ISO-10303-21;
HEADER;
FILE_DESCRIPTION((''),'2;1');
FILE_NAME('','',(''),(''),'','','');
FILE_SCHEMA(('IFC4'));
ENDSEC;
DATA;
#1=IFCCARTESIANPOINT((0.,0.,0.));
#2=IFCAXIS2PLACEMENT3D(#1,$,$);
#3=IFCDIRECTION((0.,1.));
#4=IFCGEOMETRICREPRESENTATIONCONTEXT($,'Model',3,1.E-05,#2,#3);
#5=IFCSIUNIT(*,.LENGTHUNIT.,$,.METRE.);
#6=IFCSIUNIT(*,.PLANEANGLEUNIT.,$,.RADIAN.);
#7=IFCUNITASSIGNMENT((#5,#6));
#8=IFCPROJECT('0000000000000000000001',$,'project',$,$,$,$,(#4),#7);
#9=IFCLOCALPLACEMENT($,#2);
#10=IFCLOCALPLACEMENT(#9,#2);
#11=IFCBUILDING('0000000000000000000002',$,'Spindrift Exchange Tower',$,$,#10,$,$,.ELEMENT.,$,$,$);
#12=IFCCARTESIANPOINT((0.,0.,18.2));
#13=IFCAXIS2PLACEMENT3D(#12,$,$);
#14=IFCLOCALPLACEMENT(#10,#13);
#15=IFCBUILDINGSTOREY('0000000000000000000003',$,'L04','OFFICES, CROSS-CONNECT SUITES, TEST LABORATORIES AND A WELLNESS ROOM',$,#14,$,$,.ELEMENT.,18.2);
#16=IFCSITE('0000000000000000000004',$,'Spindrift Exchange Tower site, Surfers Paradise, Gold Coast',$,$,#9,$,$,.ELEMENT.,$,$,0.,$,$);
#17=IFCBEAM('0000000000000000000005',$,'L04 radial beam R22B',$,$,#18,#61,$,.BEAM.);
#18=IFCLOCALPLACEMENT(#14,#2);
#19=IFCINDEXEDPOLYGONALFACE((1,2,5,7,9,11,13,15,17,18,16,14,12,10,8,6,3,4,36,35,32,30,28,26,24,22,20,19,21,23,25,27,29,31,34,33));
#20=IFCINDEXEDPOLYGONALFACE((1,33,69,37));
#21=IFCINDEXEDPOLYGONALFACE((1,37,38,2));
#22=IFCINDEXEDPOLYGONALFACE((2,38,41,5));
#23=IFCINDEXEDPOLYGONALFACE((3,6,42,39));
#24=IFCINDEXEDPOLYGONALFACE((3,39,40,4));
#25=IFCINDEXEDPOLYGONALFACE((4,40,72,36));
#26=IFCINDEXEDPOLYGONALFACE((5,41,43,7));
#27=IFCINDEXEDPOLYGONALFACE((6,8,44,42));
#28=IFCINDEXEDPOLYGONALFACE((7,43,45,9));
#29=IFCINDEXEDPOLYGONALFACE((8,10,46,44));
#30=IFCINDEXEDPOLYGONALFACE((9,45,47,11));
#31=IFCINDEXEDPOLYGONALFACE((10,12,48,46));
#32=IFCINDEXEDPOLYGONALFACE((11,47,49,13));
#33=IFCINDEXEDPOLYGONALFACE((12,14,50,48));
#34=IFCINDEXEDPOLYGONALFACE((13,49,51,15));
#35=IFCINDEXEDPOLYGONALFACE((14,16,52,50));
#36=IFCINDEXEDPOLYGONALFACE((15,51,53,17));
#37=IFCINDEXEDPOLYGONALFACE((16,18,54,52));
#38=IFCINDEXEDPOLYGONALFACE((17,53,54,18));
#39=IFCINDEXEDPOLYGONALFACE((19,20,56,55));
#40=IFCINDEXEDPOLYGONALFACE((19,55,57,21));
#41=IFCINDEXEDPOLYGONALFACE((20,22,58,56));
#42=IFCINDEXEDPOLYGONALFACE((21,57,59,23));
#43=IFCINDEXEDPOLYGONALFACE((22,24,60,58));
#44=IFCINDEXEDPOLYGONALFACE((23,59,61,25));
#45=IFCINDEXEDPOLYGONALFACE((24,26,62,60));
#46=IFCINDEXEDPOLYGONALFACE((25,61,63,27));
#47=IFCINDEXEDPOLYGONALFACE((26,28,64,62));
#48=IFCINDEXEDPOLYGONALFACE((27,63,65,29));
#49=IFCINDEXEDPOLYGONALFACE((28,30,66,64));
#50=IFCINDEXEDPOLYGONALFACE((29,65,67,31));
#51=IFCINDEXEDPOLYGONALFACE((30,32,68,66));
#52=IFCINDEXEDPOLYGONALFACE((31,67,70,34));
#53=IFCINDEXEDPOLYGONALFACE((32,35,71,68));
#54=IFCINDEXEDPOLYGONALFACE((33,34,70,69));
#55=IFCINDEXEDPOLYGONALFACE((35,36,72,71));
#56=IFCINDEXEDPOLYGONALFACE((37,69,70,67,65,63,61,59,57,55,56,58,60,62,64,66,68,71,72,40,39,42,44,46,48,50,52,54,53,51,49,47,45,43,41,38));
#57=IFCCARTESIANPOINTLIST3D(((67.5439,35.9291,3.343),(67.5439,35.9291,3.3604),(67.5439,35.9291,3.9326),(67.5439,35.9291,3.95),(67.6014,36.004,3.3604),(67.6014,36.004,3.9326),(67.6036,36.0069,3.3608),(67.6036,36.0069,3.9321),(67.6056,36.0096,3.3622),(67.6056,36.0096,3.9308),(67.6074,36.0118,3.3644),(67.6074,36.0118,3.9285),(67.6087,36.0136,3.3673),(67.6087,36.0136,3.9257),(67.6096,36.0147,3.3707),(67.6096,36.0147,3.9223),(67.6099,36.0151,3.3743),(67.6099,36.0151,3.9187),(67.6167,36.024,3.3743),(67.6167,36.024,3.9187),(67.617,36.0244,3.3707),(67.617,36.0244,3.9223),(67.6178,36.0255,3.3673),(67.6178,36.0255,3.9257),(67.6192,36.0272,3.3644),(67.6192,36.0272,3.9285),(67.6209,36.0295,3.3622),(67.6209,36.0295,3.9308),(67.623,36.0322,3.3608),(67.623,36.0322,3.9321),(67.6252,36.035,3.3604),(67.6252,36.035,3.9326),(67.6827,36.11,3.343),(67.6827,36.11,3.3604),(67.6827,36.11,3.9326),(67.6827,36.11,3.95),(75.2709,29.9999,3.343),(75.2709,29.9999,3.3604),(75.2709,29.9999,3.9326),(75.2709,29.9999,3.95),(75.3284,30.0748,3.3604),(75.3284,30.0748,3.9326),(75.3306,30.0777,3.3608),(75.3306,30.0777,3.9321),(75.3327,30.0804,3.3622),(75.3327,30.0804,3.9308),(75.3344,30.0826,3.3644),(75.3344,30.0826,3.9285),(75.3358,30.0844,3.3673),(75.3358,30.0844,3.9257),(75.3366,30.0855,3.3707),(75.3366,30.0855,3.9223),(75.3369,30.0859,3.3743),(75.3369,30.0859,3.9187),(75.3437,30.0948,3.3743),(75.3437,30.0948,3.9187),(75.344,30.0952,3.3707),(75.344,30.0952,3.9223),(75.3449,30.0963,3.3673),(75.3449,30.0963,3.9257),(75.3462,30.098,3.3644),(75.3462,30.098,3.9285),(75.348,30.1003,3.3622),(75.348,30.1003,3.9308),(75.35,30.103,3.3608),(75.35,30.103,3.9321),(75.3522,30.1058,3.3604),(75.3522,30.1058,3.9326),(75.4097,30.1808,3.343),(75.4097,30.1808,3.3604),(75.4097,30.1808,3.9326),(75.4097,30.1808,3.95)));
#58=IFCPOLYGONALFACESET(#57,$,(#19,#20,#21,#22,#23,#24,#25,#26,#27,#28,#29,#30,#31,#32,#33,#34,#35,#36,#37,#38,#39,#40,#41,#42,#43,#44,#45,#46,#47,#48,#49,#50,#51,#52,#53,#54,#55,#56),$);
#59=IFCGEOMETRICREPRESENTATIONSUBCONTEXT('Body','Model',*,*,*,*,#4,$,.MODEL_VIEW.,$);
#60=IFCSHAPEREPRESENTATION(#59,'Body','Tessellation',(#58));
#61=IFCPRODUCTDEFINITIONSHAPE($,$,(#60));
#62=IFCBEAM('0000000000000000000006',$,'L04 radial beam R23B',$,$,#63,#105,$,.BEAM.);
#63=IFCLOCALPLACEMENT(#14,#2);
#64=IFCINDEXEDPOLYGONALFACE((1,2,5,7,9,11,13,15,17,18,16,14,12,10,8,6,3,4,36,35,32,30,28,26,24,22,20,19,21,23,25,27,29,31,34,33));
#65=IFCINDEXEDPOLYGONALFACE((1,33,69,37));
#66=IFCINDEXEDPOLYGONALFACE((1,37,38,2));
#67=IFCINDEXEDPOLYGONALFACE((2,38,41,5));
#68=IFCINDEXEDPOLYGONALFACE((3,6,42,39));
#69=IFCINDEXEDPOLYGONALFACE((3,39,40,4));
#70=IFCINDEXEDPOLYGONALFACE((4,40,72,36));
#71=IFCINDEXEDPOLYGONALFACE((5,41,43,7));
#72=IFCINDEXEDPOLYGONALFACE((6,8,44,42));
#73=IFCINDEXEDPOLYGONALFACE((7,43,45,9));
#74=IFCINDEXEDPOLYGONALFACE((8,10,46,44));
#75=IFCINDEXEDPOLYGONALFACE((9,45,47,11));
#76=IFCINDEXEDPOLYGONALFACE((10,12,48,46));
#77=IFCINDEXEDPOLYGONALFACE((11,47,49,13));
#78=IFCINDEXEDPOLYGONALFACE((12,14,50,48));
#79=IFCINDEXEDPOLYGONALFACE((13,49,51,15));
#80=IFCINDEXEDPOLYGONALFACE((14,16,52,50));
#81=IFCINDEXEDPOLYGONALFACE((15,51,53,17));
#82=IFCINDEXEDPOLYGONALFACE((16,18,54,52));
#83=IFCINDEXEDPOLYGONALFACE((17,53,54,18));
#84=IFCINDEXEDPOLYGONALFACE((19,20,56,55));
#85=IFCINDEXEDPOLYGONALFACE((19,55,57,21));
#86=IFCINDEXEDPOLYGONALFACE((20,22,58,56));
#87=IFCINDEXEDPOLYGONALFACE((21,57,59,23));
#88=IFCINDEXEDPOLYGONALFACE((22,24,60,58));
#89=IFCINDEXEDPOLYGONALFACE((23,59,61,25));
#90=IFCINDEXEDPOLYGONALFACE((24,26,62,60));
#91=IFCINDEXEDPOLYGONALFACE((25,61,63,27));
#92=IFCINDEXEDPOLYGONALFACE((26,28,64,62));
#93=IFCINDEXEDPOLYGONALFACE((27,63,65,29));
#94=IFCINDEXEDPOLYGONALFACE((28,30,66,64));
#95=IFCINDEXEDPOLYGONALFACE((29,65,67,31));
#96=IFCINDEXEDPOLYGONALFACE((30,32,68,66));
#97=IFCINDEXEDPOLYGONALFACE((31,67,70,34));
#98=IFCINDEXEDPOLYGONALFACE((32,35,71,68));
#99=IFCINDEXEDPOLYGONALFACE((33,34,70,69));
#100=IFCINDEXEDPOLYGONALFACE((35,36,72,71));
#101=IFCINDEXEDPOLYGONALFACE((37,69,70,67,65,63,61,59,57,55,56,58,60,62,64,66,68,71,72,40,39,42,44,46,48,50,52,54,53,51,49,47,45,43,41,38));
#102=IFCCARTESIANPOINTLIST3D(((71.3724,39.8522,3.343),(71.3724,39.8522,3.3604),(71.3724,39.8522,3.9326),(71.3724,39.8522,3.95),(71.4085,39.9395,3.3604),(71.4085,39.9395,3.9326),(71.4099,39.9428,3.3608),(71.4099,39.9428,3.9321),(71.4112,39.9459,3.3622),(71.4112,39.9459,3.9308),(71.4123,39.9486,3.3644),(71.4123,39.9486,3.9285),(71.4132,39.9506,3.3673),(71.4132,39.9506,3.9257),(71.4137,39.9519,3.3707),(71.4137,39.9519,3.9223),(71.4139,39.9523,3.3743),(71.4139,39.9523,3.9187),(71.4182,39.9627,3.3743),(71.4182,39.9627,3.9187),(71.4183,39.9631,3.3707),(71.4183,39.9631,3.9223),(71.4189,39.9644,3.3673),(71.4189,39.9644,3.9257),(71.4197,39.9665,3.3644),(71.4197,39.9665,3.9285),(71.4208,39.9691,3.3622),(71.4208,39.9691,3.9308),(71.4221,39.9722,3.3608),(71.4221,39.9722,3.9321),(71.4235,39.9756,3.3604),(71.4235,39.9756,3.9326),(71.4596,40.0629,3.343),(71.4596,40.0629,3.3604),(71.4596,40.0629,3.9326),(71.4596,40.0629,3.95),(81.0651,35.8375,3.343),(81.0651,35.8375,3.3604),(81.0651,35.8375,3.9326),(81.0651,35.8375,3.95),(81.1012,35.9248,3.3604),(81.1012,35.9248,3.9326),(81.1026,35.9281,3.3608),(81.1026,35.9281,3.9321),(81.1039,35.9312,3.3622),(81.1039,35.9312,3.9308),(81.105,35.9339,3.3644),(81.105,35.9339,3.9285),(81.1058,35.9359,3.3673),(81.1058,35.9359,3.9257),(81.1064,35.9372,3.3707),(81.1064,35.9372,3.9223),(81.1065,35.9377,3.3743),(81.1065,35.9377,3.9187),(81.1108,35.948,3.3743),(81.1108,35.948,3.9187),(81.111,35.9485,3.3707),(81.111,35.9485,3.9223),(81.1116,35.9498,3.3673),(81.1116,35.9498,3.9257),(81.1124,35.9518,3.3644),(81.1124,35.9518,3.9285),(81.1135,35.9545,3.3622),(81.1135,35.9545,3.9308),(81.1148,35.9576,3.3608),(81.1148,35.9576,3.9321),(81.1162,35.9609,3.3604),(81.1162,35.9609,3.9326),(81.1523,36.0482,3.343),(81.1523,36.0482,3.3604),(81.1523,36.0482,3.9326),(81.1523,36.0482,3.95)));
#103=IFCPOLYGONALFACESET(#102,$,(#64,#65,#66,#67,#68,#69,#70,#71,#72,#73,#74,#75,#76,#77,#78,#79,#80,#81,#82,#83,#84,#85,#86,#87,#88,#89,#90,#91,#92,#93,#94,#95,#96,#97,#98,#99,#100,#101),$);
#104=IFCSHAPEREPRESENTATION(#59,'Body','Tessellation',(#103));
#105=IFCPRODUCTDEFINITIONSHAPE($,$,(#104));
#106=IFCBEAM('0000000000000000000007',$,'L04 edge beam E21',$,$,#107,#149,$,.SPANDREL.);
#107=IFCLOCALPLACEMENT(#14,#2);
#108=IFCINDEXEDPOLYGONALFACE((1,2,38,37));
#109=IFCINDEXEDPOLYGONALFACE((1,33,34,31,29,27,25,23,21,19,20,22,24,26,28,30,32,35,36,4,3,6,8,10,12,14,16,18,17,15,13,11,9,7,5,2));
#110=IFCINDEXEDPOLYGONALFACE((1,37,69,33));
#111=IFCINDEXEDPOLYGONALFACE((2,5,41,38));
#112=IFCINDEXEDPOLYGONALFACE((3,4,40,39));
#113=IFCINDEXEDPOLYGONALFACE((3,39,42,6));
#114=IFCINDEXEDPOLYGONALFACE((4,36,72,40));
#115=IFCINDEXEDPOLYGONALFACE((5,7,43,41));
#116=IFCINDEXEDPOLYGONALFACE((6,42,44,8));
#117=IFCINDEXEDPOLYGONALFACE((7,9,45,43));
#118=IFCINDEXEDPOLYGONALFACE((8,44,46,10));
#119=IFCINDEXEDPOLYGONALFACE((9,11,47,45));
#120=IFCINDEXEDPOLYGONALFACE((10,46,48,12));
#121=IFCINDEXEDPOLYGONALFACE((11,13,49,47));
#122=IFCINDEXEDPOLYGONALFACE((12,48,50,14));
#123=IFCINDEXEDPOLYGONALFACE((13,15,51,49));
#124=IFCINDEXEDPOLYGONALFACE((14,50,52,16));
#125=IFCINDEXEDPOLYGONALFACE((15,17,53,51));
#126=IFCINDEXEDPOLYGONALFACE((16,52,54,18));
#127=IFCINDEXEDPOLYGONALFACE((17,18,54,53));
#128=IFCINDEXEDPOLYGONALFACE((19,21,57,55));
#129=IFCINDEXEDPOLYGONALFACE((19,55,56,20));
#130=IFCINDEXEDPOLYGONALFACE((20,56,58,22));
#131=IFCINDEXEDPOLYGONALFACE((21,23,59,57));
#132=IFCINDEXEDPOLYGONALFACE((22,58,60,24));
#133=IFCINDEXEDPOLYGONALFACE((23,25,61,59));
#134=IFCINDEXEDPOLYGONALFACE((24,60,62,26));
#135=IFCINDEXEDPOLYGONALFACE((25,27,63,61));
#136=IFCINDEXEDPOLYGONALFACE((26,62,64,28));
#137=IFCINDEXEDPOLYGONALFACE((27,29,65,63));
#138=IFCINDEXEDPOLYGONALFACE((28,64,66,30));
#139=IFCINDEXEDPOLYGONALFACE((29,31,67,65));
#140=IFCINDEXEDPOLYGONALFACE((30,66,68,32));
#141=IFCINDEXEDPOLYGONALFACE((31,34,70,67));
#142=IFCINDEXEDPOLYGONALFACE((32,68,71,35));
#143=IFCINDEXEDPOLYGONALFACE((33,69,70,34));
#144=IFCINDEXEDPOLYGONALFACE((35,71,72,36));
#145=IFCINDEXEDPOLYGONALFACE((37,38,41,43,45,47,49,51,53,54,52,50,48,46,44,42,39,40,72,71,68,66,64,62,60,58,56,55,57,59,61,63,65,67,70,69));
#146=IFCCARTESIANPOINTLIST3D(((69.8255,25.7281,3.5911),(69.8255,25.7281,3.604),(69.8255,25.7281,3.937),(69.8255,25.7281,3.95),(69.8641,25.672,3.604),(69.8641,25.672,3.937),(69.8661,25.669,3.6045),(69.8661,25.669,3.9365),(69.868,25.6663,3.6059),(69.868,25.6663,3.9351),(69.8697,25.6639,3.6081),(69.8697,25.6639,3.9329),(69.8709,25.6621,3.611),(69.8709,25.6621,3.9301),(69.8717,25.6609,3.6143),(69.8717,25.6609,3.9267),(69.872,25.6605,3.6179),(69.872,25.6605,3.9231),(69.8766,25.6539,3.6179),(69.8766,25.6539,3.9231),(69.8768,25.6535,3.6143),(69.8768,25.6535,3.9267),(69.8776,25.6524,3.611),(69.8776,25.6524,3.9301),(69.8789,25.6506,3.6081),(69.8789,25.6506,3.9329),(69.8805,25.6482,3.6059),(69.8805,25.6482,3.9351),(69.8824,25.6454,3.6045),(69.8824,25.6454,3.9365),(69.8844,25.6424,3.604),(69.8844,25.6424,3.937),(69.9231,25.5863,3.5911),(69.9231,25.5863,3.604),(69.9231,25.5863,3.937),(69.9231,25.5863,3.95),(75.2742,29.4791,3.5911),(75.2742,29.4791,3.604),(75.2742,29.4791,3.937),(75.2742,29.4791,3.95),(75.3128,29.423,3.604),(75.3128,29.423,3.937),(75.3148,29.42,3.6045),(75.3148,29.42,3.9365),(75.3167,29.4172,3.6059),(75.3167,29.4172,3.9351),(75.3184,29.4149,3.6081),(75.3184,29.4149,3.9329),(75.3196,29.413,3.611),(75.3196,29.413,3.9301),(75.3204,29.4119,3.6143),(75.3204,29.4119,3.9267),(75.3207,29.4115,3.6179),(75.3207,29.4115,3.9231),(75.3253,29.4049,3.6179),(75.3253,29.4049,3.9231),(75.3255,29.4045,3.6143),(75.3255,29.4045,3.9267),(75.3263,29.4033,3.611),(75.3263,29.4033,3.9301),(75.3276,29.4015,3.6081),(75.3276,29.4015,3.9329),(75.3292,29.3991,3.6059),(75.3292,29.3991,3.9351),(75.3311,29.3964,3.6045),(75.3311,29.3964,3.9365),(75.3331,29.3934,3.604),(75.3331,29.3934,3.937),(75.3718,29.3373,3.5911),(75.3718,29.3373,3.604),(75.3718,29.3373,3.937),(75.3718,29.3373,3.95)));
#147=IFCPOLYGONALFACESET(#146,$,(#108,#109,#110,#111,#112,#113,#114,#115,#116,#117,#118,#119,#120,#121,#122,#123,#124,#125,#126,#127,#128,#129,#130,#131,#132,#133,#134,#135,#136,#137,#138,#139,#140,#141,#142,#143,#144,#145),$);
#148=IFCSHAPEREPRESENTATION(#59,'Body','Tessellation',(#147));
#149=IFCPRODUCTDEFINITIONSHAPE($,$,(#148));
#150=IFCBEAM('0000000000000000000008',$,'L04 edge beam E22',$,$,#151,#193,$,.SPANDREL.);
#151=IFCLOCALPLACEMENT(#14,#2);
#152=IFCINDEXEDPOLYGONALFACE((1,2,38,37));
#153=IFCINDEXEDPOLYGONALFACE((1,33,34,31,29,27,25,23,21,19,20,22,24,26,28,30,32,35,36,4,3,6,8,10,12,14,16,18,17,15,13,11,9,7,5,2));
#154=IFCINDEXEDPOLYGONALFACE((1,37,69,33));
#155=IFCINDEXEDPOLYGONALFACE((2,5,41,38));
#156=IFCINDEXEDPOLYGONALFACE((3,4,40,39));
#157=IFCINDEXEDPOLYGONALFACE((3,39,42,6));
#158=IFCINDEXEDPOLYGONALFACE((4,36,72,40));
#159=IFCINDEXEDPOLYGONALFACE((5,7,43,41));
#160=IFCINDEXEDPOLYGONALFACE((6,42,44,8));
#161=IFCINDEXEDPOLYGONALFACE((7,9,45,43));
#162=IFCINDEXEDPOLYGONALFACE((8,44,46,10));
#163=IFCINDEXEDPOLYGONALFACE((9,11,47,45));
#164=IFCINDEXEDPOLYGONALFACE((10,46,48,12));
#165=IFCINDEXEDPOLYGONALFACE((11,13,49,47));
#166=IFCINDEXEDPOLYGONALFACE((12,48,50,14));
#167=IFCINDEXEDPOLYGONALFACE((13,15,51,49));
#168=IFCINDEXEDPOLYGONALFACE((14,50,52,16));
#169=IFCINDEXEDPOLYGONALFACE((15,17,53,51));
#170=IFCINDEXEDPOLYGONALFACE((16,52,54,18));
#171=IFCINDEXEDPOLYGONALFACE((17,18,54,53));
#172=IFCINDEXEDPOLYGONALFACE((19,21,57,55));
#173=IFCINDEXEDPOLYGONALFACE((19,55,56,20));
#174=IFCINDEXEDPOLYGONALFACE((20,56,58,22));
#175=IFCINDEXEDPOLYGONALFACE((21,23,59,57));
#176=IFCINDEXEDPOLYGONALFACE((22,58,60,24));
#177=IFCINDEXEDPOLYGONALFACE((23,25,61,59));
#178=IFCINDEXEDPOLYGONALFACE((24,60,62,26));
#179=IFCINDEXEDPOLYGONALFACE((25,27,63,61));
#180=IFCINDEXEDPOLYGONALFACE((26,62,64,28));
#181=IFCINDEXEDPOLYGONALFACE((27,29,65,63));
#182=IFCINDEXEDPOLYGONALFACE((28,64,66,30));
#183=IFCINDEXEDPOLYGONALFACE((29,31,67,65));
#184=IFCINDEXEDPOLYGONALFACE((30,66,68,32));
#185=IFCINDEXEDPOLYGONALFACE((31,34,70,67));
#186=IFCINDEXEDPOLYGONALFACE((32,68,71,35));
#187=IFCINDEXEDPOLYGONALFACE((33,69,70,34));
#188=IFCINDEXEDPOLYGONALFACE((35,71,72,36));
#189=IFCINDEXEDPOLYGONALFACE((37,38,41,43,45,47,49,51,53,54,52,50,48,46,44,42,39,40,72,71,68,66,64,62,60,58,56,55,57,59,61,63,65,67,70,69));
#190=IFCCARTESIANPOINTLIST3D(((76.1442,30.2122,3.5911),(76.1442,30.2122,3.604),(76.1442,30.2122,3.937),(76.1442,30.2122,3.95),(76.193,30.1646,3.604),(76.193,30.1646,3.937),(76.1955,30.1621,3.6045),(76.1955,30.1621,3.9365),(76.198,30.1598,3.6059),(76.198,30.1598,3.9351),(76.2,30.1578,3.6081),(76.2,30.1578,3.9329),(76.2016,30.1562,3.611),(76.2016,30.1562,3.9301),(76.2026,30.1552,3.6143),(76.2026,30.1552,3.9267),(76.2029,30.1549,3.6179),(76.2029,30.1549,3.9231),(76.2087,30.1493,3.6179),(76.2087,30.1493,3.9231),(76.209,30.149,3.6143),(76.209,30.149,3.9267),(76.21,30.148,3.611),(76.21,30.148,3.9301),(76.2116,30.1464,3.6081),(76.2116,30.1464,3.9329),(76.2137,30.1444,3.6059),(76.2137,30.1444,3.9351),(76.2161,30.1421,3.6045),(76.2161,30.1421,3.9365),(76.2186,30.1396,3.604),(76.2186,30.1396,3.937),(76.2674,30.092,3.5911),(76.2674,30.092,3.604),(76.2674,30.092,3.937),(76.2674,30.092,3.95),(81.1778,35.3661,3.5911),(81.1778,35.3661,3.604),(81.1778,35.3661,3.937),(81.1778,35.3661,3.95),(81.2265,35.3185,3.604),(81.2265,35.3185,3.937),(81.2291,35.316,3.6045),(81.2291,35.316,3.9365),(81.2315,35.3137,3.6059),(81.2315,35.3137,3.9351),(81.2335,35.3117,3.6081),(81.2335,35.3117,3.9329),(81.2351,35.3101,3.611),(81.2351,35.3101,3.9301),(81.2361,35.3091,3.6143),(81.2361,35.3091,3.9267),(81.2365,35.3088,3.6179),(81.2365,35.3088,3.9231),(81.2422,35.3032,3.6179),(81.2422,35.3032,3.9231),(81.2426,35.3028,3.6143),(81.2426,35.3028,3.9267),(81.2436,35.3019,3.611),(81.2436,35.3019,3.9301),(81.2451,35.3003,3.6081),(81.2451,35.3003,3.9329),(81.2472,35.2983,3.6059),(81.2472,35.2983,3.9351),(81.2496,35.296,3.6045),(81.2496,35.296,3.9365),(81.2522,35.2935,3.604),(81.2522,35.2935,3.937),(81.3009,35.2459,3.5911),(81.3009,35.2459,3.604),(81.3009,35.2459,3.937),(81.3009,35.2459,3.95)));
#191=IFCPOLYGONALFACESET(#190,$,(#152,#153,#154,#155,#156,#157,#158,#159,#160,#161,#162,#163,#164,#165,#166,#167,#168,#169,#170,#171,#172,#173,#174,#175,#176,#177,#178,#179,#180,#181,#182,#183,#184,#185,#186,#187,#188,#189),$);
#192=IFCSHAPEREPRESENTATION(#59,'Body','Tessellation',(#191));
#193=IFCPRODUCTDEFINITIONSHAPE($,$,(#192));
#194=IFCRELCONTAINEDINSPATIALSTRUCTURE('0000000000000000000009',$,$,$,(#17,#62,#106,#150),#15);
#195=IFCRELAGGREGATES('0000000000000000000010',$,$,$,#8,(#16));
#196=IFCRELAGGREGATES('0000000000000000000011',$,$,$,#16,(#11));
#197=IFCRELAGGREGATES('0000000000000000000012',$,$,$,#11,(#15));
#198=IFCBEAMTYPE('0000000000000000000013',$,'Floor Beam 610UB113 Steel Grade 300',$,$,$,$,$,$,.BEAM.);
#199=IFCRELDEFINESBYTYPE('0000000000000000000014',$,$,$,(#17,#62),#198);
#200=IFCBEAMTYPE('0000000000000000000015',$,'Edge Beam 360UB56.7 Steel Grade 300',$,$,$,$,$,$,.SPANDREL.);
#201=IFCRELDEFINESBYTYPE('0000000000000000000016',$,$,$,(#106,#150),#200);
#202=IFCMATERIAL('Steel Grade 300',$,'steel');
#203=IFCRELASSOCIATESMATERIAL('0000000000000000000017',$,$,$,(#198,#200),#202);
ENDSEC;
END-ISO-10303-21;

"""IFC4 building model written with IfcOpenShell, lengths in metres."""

from ifc_helpers import new_model, si_unit, direction, frame, origin, origin_2d, place, context, subcontext, project, spatial, i_section, extrude, source, transform, mapped, material, material_profile, profile_set, type_object, element, save


model = new_model("IFC4")

# Units and contexts
model_context = context("Model", 3, precision=1e-05, world=origin(), true_north=direction((0.0, 1.0)))
body_context = subcontext(model_context, "Body", "Model", "MODEL_VIEW")
ifc_project = project(units=[si_unit("LENGTHUNIT", "METRE"), si_unit("PLANEANGLEUNIT", "RADIAN")], contexts=[model_context])

# Site, building, storey
site_placement = place(None, origin())
site = spatial("IfcSite", under=ifc_project, at=site_placement, Name="Spindrift Exchange Tower site, Surfers Paradise, Gold Coast", CompositionType="ELEMENT", RefElevation=0.0)
building_placement = place(site_placement, origin())
building = spatial("IfcBuilding", under=site, at=building_placement, Name="Spindrift Exchange Tower", CompositionType="ELEMENT")
storey_placement = place(building_placement, frame((0.0, 0.0, 18.2)))
storey = spatial("IfcBuildingStorey", under=building, at=storey_placement, Name="L04", Description="OFFICES, CROSS-CONNECT SUITES, TEST LABORATORIES AND A WELLNESS ROOM", CompositionType="ELEMENT", Elevation=18.2)

# Beams
ifc_material_1 = material(Name="Steel Grade 300", Category="steel")
ifc_material_profile_1 = material_profile(ifc_material_1, i_section(OverallWidth=0.228, OverallDepth=0.6069, WebThickness=0.0112, FlangeThickness=0.0173, FilletRadius=0.0139, at=origin_2d()), Name="610UB113")
ifc_profile_set_1 = profile_set([ifc_material_profile_1], Name="Steel Grade 300")
beam_type_1 = type_object("IfcBeamType", Name="Floor Beam 610UB113 Steel Grade 300", PredefinedType="BEAM", material=ifc_profile_set_1)
shared_shape_1 = source(origin(), body_context, "Body", "SweptSolid", [
    extrude(i_section(OverallWidth=0.228, OverallDepth=0.6069, WebThickness=0.0112, FlangeThickness=0.0173, FilletRadius=0.0139, at=origin_2d()), origin(), (0.0, 0.0, 1.0), 9.7397),
])
beam_1_placement = place(storey_placement, frame((67.6133, 36.0195, 3.6465), z_axis=(0.793352, -0.608763, 0.0), x_axis=(0.608763, 0.793352, 0.0)))
element("IfcBeam", 1, at=beam_1_placement, inside=storey, type_object=beam_type_1, Name="L04 radial beam R22B", PredefinedType="BEAM", context=body_context, shape_type="MappedRepresentation", body=[
    mapped(shared_shape_1, transform((0.0, 0.0, 0.0), scale=1.0)),
])
shared_shape_2 = source(origin(), body_context, "Body", "SweptSolid", [
    extrude(i_section(OverallWidth=0.228, OverallDepth=0.6069, WebThickness=0.0112, FlangeThickness=0.0173, FilletRadius=0.0139, at=origin_2d()), origin(), (0.0, 0.0, 1.0), 10.4912),
])
beam_2_placement = place(storey_placement, frame((71.416, 39.9575, 3.6465), z_axis=(0.923885, -0.38267, 0.0), x_axis=(0.38267, 0.923885, 0.0)))
element("IfcBeam", 2, at=beam_2_placement, inside=storey, type_object=beam_type_1, Name="L04 radial beam R23B", PredefinedType="BEAM", context=body_context, shape_type="MappedRepresentation", body=[
    mapped(shared_shape_2, transform((0.0, 0.0, 0.0), scale=1.0)),
])
ifc_material_profile_2 = material_profile(ifc_material_1, i_section(OverallWidth=0.1721, OverallDepth=0.3589, WebThickness=0.0081, FlangeThickness=0.0129, FilletRadius=0.0139, at=origin_2d()), Name="360UB56.7")
ifc_profile_set_2 = profile_set([ifc_material_profile_2], Name="Steel Grade 300")
beam_type_2 = type_object("IfcBeamType", Name="Edge Beam 360UB56.7 Steel Grade 300", PredefinedType="SPANDREL", material=ifc_profile_set_2)
shared_shape_3 = source(origin(), body_context, "Body", "SweptSolid", [
    extrude(i_section(OverallWidth=0.1721, OverallDepth=0.3589, WebThickness=0.0081, FlangeThickness=0.0129, FilletRadius=0.0139, at=origin_2d()), origin(), (0.0, 0.0, 1.0), 6.615),
])
beam_3_placement = place(storey_placement, frame((69.8743, 25.6572, 3.7705), z_axis=(0.823691, 0.567039, 0.0), x_axis=(-0.567039, 0.823691, 0.0)))
element("IfcBeam", 3, at=beam_3_placement, inside=storey, type_object=beam_type_2, Name="L04 edge beam E21", PredefinedType="SPANDREL", context=body_context, shape_type="MappedRepresentation", body=[
    mapped(shared_shape_3, transform((0.0, 0.0, 0.0), scale=1.0)),
])
shared_shape_4 = source(origin(), body_context, "Body", "SweptSolid", [
    extrude(i_section(OverallWidth=0.1721, OverallDepth=0.3589, WebThickness=0.0081, FlangeThickness=0.0129, FilletRadius=0.0139, at=origin_2d()), origin(), (0.0, 0.0, 1.0), 7.2041),
])
beam_4_placement = place(storey_placement, frame((76.2058, 30.1521, 3.7705), z_axis=(0.698704, 0.715411, 0.0), x_axis=(-0.715411, 0.698704, 0.0)))
element("IfcBeam", 4, at=beam_4_placement, inside=storey, type_object=beam_type_2, Name="L04 edge beam E22", PredefinedType="SPANDREL", context=body_context, shape_type="MappedRepresentation", body=[
    mapped(shared_shape_4, transform((0.0, 0.0, 0.0), scale=1.0)),
])

save(model, "model.ifc")
